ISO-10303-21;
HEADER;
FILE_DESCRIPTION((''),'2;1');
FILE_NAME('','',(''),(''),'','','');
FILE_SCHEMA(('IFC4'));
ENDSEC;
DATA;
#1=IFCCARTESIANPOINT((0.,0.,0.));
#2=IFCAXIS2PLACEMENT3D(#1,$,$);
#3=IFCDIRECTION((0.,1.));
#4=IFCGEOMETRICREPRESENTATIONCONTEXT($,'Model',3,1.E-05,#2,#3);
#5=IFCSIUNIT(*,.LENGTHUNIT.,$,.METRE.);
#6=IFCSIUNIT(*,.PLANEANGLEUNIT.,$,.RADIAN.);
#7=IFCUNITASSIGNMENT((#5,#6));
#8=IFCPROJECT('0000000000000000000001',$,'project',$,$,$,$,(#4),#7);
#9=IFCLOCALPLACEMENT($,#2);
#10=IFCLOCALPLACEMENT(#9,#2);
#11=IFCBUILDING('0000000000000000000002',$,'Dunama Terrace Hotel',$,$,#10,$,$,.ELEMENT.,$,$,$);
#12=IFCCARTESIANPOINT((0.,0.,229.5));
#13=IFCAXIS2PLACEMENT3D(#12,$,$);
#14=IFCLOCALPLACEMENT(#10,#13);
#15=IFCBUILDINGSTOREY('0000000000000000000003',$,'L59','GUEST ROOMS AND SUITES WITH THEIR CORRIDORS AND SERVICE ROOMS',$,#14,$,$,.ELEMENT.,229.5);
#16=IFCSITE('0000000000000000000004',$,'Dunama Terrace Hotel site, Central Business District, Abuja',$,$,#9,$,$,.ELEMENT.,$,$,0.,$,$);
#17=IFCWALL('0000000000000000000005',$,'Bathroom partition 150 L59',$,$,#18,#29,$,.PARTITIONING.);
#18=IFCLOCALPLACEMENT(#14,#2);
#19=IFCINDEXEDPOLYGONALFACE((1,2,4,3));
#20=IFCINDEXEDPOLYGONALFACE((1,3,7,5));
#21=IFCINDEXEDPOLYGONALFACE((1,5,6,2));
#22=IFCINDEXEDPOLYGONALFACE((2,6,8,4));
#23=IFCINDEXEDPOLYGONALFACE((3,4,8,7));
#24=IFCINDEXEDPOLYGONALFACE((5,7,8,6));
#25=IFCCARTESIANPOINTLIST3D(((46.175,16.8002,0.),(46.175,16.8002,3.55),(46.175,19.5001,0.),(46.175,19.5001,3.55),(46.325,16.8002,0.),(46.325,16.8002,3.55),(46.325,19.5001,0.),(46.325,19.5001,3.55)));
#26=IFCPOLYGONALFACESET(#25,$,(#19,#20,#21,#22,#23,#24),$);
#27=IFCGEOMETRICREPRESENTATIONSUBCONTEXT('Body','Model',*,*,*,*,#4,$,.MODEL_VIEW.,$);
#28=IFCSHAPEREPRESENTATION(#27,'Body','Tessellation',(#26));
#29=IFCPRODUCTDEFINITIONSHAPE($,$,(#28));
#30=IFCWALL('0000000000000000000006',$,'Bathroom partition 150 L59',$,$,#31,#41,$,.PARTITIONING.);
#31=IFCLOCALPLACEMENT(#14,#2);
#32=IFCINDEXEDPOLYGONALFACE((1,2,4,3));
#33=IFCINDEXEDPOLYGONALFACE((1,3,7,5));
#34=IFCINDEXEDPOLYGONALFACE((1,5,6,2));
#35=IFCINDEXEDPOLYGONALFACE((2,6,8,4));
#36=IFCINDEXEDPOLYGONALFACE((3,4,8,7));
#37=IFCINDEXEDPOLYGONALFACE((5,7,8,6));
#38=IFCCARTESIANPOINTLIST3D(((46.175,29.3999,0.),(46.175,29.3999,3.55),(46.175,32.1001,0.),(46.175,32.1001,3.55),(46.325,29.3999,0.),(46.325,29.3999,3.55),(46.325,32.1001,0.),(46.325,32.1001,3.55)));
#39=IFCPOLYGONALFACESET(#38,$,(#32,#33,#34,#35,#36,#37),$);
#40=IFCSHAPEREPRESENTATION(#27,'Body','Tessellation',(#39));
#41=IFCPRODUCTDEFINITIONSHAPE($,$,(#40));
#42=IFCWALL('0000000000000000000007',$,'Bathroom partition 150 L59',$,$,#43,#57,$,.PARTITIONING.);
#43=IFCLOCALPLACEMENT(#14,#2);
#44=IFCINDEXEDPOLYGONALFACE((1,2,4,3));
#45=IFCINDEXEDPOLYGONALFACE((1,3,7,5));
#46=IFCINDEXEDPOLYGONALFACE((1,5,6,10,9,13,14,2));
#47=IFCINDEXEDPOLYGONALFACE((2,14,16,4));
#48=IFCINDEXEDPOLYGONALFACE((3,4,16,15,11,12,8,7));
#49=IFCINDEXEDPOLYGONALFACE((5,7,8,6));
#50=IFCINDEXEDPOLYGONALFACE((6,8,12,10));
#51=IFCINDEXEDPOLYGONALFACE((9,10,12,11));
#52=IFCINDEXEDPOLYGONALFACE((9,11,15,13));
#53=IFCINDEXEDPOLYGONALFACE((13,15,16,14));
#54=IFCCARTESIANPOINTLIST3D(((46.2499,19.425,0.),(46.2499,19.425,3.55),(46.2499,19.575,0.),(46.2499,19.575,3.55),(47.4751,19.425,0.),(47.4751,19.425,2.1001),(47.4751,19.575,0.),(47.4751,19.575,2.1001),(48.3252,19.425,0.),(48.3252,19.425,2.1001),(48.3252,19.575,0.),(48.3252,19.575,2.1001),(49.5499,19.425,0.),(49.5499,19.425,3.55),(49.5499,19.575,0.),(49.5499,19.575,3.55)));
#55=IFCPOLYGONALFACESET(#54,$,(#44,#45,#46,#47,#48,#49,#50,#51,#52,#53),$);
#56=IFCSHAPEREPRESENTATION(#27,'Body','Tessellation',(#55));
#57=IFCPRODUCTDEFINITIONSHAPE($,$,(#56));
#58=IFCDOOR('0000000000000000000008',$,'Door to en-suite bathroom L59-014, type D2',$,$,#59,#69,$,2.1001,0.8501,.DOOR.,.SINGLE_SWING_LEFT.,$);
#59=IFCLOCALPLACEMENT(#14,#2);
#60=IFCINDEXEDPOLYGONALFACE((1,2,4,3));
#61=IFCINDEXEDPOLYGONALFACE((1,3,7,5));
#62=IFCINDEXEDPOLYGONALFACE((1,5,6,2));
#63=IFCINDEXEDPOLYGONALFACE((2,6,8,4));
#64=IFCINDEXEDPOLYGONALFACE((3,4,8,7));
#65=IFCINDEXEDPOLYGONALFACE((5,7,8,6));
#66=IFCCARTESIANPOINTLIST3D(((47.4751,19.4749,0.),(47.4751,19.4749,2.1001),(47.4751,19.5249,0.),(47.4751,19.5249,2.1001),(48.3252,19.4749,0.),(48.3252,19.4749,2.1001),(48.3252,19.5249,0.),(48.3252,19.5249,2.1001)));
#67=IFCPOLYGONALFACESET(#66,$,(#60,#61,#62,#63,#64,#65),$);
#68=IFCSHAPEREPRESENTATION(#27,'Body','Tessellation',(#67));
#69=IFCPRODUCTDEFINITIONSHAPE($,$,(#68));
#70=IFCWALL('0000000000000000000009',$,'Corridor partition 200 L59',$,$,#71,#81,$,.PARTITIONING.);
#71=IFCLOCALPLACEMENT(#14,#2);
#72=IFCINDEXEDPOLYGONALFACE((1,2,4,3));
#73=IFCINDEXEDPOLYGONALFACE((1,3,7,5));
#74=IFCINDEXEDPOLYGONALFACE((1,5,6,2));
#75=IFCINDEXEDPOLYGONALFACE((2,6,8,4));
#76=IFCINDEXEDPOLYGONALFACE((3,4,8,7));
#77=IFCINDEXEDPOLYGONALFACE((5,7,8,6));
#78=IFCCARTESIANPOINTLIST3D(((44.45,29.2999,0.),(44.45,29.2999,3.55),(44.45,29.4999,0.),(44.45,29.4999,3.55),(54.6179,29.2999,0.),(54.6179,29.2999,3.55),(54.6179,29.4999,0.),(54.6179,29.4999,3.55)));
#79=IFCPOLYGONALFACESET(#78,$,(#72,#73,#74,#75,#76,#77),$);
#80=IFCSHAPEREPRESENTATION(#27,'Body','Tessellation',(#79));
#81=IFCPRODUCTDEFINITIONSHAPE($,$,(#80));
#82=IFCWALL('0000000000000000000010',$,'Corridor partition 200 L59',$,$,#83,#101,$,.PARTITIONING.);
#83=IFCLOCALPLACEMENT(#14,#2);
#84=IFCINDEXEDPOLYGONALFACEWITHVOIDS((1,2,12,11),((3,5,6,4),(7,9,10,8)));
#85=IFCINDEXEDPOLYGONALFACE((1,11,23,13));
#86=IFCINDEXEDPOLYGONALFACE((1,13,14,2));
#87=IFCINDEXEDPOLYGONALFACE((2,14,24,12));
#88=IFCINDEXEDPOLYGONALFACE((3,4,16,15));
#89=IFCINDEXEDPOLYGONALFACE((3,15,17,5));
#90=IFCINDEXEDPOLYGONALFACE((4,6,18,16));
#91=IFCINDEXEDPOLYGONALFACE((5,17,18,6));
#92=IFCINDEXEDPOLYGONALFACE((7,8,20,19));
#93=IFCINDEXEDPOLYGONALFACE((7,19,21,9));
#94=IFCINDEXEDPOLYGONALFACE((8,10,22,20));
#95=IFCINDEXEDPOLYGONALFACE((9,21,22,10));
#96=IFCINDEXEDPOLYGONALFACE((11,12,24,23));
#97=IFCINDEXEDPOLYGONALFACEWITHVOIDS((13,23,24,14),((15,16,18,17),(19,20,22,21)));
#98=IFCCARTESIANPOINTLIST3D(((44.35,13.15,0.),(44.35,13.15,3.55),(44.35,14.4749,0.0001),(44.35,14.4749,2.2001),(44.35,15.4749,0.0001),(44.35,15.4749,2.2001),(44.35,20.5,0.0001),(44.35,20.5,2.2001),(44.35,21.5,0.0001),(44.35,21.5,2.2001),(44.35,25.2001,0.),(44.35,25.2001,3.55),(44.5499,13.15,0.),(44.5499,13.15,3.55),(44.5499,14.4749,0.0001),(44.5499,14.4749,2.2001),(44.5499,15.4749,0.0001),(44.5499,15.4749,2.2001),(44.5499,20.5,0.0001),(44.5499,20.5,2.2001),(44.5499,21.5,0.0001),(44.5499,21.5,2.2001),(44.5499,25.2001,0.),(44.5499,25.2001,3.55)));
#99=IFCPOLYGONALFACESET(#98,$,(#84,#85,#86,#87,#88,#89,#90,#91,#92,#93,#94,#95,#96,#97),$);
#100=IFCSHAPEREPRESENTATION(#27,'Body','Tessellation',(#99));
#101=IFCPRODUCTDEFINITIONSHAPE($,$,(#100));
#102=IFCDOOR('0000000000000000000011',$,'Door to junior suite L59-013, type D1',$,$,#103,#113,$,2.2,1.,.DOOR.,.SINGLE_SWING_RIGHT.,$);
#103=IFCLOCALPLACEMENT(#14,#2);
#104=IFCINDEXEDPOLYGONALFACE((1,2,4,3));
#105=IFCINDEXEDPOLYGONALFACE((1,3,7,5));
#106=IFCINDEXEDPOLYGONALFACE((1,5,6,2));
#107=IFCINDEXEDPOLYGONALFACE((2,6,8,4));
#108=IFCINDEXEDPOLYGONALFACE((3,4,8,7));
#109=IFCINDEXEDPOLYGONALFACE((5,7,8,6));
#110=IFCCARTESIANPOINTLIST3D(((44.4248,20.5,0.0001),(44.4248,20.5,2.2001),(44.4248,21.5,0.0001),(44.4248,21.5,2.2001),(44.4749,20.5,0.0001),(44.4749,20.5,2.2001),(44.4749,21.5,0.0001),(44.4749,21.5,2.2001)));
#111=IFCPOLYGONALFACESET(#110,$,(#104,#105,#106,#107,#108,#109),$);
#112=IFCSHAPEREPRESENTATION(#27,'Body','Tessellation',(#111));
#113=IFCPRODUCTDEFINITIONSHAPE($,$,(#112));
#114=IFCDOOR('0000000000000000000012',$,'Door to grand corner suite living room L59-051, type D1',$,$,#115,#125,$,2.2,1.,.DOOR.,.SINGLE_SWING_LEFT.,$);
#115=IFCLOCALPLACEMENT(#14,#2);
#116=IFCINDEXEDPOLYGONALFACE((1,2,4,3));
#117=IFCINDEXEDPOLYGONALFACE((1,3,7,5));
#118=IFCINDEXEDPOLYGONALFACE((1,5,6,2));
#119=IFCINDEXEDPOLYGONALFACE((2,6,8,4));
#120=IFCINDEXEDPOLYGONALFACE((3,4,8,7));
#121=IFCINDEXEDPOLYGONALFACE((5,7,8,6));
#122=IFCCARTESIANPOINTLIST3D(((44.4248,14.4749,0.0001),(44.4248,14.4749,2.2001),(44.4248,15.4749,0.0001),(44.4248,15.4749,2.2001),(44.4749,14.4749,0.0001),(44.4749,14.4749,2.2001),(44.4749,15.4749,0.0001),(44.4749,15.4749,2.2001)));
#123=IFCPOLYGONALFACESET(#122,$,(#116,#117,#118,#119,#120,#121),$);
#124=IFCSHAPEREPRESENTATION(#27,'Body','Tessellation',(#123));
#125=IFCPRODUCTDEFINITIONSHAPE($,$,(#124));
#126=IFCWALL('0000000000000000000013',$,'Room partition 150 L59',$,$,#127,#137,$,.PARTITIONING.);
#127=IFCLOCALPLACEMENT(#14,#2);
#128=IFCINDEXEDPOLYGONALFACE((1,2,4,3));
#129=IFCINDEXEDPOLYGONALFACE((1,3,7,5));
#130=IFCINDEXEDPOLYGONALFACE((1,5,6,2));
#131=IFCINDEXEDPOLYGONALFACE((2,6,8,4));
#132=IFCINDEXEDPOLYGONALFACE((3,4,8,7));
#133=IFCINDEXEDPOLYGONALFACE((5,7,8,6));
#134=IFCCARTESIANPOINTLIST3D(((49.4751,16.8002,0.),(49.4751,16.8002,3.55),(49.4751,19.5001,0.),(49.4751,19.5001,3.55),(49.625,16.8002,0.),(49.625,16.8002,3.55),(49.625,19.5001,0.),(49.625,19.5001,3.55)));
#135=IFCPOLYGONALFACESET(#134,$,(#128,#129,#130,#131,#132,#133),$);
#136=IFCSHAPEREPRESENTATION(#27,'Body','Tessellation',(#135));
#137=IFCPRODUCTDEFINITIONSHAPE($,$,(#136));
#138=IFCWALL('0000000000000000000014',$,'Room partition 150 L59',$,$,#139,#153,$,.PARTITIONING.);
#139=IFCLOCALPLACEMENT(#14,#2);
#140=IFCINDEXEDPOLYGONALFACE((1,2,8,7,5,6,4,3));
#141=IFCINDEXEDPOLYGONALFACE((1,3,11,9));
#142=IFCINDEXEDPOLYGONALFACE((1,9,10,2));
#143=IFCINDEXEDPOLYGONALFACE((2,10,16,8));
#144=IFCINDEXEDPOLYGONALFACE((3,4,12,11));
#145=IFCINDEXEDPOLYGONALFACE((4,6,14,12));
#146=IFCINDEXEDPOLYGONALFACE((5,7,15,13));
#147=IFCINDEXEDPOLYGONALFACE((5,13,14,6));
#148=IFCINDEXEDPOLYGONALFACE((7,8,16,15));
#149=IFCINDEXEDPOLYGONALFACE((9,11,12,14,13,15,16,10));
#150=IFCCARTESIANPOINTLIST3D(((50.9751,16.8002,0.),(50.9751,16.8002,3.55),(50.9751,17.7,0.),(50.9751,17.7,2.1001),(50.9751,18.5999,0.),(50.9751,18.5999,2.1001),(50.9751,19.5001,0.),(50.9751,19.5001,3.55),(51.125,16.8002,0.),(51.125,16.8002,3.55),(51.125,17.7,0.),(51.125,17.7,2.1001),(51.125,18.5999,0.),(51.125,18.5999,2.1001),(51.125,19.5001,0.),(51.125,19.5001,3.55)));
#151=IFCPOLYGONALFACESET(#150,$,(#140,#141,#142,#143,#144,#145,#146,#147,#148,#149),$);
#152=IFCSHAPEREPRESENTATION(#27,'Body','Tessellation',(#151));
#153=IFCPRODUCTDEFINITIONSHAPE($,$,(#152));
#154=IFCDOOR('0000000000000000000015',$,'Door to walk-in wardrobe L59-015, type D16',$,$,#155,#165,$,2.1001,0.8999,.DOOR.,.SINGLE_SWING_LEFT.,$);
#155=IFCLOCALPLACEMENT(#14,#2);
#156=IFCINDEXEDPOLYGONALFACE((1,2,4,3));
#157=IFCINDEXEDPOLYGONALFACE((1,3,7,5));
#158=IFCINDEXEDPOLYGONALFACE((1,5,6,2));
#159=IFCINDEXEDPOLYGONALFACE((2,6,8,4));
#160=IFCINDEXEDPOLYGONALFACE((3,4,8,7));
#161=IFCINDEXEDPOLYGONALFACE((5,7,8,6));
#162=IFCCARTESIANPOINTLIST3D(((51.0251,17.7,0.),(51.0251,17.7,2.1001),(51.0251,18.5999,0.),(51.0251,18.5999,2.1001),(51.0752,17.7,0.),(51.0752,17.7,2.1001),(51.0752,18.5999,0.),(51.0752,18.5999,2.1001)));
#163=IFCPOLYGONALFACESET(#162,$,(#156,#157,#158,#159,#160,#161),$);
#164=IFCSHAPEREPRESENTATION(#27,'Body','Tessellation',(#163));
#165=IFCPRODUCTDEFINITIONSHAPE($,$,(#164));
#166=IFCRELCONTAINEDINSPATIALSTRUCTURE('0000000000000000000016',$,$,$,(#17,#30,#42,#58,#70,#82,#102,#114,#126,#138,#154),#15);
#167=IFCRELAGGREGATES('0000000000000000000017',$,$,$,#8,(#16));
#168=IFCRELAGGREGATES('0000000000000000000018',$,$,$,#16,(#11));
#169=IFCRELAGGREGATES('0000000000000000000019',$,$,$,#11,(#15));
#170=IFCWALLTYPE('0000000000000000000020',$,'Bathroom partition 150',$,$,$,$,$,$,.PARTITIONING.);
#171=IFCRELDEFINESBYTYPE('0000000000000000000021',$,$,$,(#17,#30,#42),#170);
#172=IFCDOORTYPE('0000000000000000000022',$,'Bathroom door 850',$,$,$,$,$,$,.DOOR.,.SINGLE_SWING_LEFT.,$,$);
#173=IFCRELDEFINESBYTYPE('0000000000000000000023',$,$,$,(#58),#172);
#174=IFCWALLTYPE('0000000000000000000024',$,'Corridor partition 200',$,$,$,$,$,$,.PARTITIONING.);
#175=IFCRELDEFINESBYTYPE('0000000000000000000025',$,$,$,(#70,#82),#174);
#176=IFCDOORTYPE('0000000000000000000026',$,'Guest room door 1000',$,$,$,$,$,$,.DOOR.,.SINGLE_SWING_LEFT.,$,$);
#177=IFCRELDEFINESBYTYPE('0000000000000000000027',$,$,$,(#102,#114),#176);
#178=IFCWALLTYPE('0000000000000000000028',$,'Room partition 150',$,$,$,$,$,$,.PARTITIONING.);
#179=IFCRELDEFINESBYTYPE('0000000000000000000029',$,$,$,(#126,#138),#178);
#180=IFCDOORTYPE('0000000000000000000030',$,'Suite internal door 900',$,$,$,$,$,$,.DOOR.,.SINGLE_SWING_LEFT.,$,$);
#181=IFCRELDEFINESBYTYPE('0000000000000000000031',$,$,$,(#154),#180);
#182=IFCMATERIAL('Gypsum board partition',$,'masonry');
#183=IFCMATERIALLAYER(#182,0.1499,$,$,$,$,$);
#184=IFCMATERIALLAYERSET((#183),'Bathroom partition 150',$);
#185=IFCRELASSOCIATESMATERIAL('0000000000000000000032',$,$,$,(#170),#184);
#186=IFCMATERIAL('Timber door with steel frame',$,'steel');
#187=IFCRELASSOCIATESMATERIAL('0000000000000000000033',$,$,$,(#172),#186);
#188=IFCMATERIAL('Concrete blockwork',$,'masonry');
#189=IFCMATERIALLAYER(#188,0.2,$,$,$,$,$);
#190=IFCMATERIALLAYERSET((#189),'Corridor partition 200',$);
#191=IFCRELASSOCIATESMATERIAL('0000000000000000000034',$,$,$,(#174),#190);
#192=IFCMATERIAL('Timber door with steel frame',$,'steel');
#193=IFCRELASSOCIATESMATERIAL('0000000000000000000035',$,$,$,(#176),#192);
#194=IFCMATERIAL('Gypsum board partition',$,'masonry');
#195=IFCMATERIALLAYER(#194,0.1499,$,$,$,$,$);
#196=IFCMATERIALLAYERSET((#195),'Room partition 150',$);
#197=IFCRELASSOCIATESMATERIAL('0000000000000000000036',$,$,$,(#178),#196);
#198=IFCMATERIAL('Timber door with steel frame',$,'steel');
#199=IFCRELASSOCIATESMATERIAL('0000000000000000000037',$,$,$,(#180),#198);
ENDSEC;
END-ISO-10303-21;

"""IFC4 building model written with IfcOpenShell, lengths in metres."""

from ifc_helpers import new_model, si_unit, direction, frame, frame_2d, origin, place, context, subcontext, project, spatial, rectangle, extrude, material, layer, layer_set, type_object, element, fill, save


model = new_model("IFC4")

# Units and contexts
model_context = context("Model", 3, precision=1e-05, world=origin(), true_north=direction((0.0, 1.0)))
body_context = subcontext(model_context, "Body", "Model", "MODEL_VIEW")
ifc_project = project(units=[si_unit("LENGTHUNIT", "METRE"), si_unit("PLANEANGLEUNIT", "RADIAN")], contexts=[model_context])

# Site, building, storey
site_placement = place(None, origin())
site = spatial("IfcSite", under=ifc_project, at=site_placement, Name="Dunama Terrace Hotel site, Central Business District, Abuja", CompositionType="ELEMENT", RefElevation=0.0)
building_placement = place(site_placement, origin())
building = spatial("IfcBuilding", under=site, at=building_placement, Name="Dunama Terrace Hotel", CompositionType="ELEMENT")
storey_placement = place(building_placement, frame((0.0, 0.0, 229.5)))
storey = spatial("IfcBuildingStorey", under=building, at=storey_placement, Name="L59", Description="GUEST ROOMS AND SUITES WITH THEIR CORRIDORS AND SERVICE ROOMS", CompositionType="ELEMENT", Elevation=229.5)

# Walls
ifc_material_1 = material(Name="Gypsum board partition", Category="masonry")
ifc_layer_1 = layer(ifc_material_1, 0.1499)
ifc_layer_set_1 = layer_set([ifc_layer_1], Name="Bathroom partition 150")
wall_type_1 = type_object("IfcWallType", Name="Bathroom partition 150", PredefinedType="PARTITIONING", material=ifc_layer_set_1)
wall_1_placement = place(storey_placement, frame((46.25, 16.8, 0.0), z_axis=(0.0, 0.0, 1.0), x_axis=(0.0, 1.0, 0.0)))
element("IfcWall", 1, at=wall_1_placement, inside=storey, type_object=wall_type_1, Name="Bathroom partition 150 L59", PredefinedType="PARTITIONING", context=body_context, shape_type="SweptSolid", body=[
    extrude(rectangle(XDim=2.7, YDim=0.1499, at=frame_2d((1.3501, 0.0))), origin(), (0.0, 0.0, 1.0), 3.55),
])
wall_2_placement = place(storey_placement, frame((46.25, 29.3999, 0.0), z_axis=(0.0, 0.0, 1.0), x_axis=(0.0, 1.0, 0.0)))
element("IfcWall", 2, at=wall_2_placement, inside=storey, type_object=wall_type_1, Name="Bathroom partition 150 L59", PredefinedType="PARTITIONING", context=body_context, shape_type="SweptSolid", body=[
    extrude(rectangle(XDim=2.7002, YDim=0.1499, at=frame_2d((1.3501, 0.0))), origin(), (0.0, 0.0, 1.0), 3.55),
])

# Wall, opening, door
wall_3_placement = place(storey_placement, frame((46.25, 19.5, 0.0), z_axis=(0.0, 0.0, 1.0), x_axis=(1.0, 0.0, 0.0)))
wall_3 = element("IfcWall", 3, at=wall_3_placement, inside=storey, type_object=wall_type_1, Name="Bathroom partition 150 L59", PredefinedType="PARTITIONING", context=body_context, shape_type="SweptSolid", body=[
    extrude(rectangle(XDim=3.3, YDim=0.1499, at=frame_2d((1.6499, 0.0))), origin(), (0.0, 0.0, 1.0), 3.55),
])
opening_1_placement = place(wall_3_placement, frame((1.2251, 0.0, 0.0)))
opening_1 = element("IfcOpeningElement", 4, at=opening_1_placement, cuts=wall_3, PredefinedType="OPENING", context=body_context, shape_type="SweptSolid", body=[
    extrude(rectangle(XDim=0.8501, YDim=2.1001, at=frame_2d((0.425, 1.05))), frame((0.0, 0.085, 0.0), z_axis=(0.0, -1.0, 0.0), x_axis=(1.0, 0.0, 0.0)), (0.0, 0.0, 1.0), 0.1699),
])
ifc_material_2 = material(Name="Timber door with steel frame", Category="steel")
door_type_1 = type_object("IfcDoorType", Name="Bathroom door 850", OperationType="SINGLE_SWING_LEFT", PredefinedType="DOOR", material=ifc_material_2)
door_1_placement = place(opening_1_placement, frame((0.8501, 0.0, 0.0), z_axis=(0.0, 0.0, 1.0), x_axis=(-1.0, 0.0, 0.0)))
door_1 = element("IfcDoor", 5, at=door_1_placement, inside=storey, type_object=door_type_1, Name="Door to en-suite bathroom L59-014, type D2", OperationType="SINGLE_SWING_LEFT", OverallHeight=2.1001, OverallWidth=0.8501, PredefinedType="DOOR", context=body_context, shape_type="SweptSolid", body=[
    extrude(rectangle(XDim=0.8501, YDim=2.1001, at=frame_2d((0.425, 1.05))), frame((0.0, 0.0251, 0.0), z_axis=(0.0, -1.0, 0.0), x_axis=(1.0, 0.0, 0.0)), (0.0, 0.0, 1.0), 0.05),
])
fill(opening_1, door_1)

# Wall
ifc_material_3 = material(Name="Concrete blockwork", Category="masonry")
ifc_layer_2 = layer(ifc_material_3, 0.2)
ifc_layer_set_2 = layer_set([ifc_layer_2], Name="Corridor partition 200")
wall_type_2 = type_object("IfcWallType", Name="Corridor partition 200", PredefinedType="PARTITIONING", material=ifc_layer_set_2)
wall_4_placement = place(storey_placement, frame((44.45, 29.3999, 0.0), z_axis=(0.0, 0.0, 1.0), x_axis=(1.0, 0.0, 0.0)))
element("IfcWall", 6, at=wall_4_placement, inside=storey, type_object=wall_type_2, Name="Corridor partition 200 L59", PredefinedType="PARTITIONING", context=body_context, shape_type="SweptSolid", body=[
    extrude(rectangle(XDim=10.168, YDim=0.2, at=frame_2d((5.084, 0.0))), origin(), (0.0, 0.0, 1.0), 3.55),
])

# Wall, openings, doors
wall_5_placement = place(storey_placement, frame((44.45, 25.2, 0.0), z_axis=(0.0, 0.0, 1.0), x_axis=(0.0, -1.0, 0.0)))
wall_5 = element("IfcWall", 7, at=wall_5_placement, inside=storey, type_object=wall_type_2, Name="Corridor partition 200 L59", PredefinedType="PARTITIONING", context=body_context, shape_type="SweptSolid", body=[
    extrude(rectangle(XDim=12.05, YDim=0.2, at=frame_2d((6.0249, 0.0))), origin(), (0.0, 0.0, 1.0), 3.55),
])
opening_2_placement = place(wall_5_placement, frame((3.7, 0.0, 0.0)))
opening_2 = element("IfcOpeningElement", 8, at=opening_2_placement, cuts=wall_5, PredefinedType="OPENING", context=body_context, shape_type="SweptSolid", body=[
    extrude(rectangle(XDim=1.0, YDim=2.2, at=frame_2d((0.5, 1.1001))), frame((0.0, 0.1099, 0.0), z_axis=(0.0, -1.0, 0.0), x_axis=(1.0, 0.0, 0.0)), (0.0, 0.0, 1.0), 0.22),
])
opening_3_placement = place(wall_5_placement, frame((9.7251, 0.0, 0.0)))
opening_3 = element("IfcOpeningElement", 9, at=opening_3_placement, cuts=wall_5, PredefinedType="OPENING", context=body_context, shape_type="SweptSolid", body=[
    extrude(rectangle(XDim=1.0, YDim=2.2, at=frame_2d((0.5, 1.1001))), frame((0.0, 0.1099, 0.0), z_axis=(0.0, -1.0, 0.0), x_axis=(1.0, 0.0, 0.0)), (0.0, 0.0, 1.0), 0.22),
])
ifc_material_4 = material(Name="Timber door with steel frame", Category="steel")
door_type_2 = type_object("IfcDoorType", Name="Guest room door 1000", OperationType="SINGLE_SWING_LEFT", PredefinedType="DOOR", material=ifc_material_4)
door_2_placement = place(opening_2_placement, origin())
door_2 = element("IfcDoor", 10, at=door_2_placement, inside=storey, type_object=door_type_2, Name="Door to junior suite L59-013, type D1", OperationType="SINGLE_SWING_RIGHT", OverallHeight=2.2, OverallWidth=1.0, PredefinedType="DOOR", context=body_context, shape_type="SweptSolid", body=[
    extrude(rectangle(XDim=1.0, YDim=2.2, at=frame_2d((0.5, 1.1001))), frame((0.0, 0.0249, 0.0), z_axis=(0.0, -1.0, 0.0), x_axis=(1.0, 0.0, 0.0)), (0.0, 0.0, 1.0), 0.05),
])
fill(opening_2, door_2)
door_3_placement = place(opening_3_placement, origin())
door_3 = element("IfcDoor", 11, at=door_3_placement, inside=storey, type_object=door_type_2, Name="Door to grand corner suite living room L59-051, type D1", OperationType="SINGLE_SWING_LEFT", OverallHeight=2.2, OverallWidth=1.0, PredefinedType="DOOR", context=body_context, shape_type="SweptSolid", body=[
    extrude(rectangle(XDim=1.0, YDim=2.2, at=frame_2d((0.5, 1.1001))), frame((0.0, 0.0249, 0.0), z_axis=(0.0, -1.0, 0.0), x_axis=(1.0, 0.0, 0.0)), (0.0, 0.0, 1.0), 0.05),
])
fill(opening_3, door_3)

# Wall
ifc_material_5 = material(Name="Gypsum board partition", Category="masonry")
ifc_layer_3 = layer(ifc_material_5, 0.1499)
ifc_layer_set_3 = layer_set([ifc_layer_3], Name="Room partition 150")
wall_type_3 = type_object("IfcWallType", Name="Room partition 150", PredefinedType="PARTITIONING", material=ifc_layer_set_3)
wall_6_placement = place(storey_placement, frame((49.55, 16.8, 0.0), z_axis=(0.0, 0.0, 1.0), x_axis=(0.0, 1.0, 0.0)))
element("IfcWall", 12, at=wall_6_placement, inside=storey, type_object=wall_type_3, Name="Room partition 150 L59", PredefinedType="PARTITIONING", context=body_context, shape_type="SweptSolid", body=[
    extrude(rectangle(XDim=2.7, YDim=0.1499, at=frame_2d((1.3501, 0.0))), origin(), (0.0, 0.0, 1.0), 3.55),
])

# Wall, opening, door
wall_7_placement = place(storey_placement, frame((51.05, 16.8, 0.0), z_axis=(0.0, 0.0, 1.0), x_axis=(0.0, 1.0, 0.0)))
wall_7 = element("IfcWall", 13, at=wall_7_placement, inside=storey, type_object=wall_type_3, Name="Room partition 150 L59", PredefinedType="PARTITIONING", context=body_context, shape_type="SweptSolid", body=[
    extrude(rectangle(XDim=2.7, YDim=0.1499, at=frame_2d((1.3501, 0.0))), origin(), (0.0, 0.0, 1.0), 3.55),
])
opening_4_placement = place(wall_7_placement, frame((0.8999, 0.0, 0.0)))
opening_4 = element("IfcOpeningElement", 14, at=opening_4_placement, cuts=wall_7, PredefinedType="OPENING", context=body_context, shape_type="SweptSolid", body=[
    extrude(rectangle(XDim=0.8999, YDim=2.1001, at=frame_2d((0.45, 1.05))), frame((0.0, 0.085, 0.0), z_axis=(0.0, -1.0, 0.0), x_axis=(1.0, 0.0, 0.0)), (0.0, 0.0, 1.0), 0.1699),
])
ifc_material_6 = material(Name="Timber door with steel frame", Category="steel")
door_type_3 = type_object("IfcDoorType", Name="Suite internal door 900", OperationType="SINGLE_SWING_LEFT", PredefinedType="DOOR", material=ifc_material_6)
door_4_placement = place(opening_4_placement, origin())
door_4 = element("IfcDoor", 15, at=door_4_placement, inside=storey, type_object=door_type_3, Name="Door to walk-in wardrobe L59-015, type D16", OperationType="SINGLE_SWING_LEFT", OverallHeight=2.1001, OverallWidth=0.8999, PredefinedType="DOOR", context=body_context, shape_type="SweptSolid", body=[
    extrude(rectangle(XDim=0.8999, YDim=2.1001, at=frame_2d((0.45, 1.05))), frame((0.0, 0.0249, 0.0), z_axis=(0.0, -1.0, 0.0), x_axis=(1.0, 0.0, 0.0)), (0.0, 0.0, 1.0), 0.05),
])
fill(opening_4, door_4)

save(model, "model.ifc")
